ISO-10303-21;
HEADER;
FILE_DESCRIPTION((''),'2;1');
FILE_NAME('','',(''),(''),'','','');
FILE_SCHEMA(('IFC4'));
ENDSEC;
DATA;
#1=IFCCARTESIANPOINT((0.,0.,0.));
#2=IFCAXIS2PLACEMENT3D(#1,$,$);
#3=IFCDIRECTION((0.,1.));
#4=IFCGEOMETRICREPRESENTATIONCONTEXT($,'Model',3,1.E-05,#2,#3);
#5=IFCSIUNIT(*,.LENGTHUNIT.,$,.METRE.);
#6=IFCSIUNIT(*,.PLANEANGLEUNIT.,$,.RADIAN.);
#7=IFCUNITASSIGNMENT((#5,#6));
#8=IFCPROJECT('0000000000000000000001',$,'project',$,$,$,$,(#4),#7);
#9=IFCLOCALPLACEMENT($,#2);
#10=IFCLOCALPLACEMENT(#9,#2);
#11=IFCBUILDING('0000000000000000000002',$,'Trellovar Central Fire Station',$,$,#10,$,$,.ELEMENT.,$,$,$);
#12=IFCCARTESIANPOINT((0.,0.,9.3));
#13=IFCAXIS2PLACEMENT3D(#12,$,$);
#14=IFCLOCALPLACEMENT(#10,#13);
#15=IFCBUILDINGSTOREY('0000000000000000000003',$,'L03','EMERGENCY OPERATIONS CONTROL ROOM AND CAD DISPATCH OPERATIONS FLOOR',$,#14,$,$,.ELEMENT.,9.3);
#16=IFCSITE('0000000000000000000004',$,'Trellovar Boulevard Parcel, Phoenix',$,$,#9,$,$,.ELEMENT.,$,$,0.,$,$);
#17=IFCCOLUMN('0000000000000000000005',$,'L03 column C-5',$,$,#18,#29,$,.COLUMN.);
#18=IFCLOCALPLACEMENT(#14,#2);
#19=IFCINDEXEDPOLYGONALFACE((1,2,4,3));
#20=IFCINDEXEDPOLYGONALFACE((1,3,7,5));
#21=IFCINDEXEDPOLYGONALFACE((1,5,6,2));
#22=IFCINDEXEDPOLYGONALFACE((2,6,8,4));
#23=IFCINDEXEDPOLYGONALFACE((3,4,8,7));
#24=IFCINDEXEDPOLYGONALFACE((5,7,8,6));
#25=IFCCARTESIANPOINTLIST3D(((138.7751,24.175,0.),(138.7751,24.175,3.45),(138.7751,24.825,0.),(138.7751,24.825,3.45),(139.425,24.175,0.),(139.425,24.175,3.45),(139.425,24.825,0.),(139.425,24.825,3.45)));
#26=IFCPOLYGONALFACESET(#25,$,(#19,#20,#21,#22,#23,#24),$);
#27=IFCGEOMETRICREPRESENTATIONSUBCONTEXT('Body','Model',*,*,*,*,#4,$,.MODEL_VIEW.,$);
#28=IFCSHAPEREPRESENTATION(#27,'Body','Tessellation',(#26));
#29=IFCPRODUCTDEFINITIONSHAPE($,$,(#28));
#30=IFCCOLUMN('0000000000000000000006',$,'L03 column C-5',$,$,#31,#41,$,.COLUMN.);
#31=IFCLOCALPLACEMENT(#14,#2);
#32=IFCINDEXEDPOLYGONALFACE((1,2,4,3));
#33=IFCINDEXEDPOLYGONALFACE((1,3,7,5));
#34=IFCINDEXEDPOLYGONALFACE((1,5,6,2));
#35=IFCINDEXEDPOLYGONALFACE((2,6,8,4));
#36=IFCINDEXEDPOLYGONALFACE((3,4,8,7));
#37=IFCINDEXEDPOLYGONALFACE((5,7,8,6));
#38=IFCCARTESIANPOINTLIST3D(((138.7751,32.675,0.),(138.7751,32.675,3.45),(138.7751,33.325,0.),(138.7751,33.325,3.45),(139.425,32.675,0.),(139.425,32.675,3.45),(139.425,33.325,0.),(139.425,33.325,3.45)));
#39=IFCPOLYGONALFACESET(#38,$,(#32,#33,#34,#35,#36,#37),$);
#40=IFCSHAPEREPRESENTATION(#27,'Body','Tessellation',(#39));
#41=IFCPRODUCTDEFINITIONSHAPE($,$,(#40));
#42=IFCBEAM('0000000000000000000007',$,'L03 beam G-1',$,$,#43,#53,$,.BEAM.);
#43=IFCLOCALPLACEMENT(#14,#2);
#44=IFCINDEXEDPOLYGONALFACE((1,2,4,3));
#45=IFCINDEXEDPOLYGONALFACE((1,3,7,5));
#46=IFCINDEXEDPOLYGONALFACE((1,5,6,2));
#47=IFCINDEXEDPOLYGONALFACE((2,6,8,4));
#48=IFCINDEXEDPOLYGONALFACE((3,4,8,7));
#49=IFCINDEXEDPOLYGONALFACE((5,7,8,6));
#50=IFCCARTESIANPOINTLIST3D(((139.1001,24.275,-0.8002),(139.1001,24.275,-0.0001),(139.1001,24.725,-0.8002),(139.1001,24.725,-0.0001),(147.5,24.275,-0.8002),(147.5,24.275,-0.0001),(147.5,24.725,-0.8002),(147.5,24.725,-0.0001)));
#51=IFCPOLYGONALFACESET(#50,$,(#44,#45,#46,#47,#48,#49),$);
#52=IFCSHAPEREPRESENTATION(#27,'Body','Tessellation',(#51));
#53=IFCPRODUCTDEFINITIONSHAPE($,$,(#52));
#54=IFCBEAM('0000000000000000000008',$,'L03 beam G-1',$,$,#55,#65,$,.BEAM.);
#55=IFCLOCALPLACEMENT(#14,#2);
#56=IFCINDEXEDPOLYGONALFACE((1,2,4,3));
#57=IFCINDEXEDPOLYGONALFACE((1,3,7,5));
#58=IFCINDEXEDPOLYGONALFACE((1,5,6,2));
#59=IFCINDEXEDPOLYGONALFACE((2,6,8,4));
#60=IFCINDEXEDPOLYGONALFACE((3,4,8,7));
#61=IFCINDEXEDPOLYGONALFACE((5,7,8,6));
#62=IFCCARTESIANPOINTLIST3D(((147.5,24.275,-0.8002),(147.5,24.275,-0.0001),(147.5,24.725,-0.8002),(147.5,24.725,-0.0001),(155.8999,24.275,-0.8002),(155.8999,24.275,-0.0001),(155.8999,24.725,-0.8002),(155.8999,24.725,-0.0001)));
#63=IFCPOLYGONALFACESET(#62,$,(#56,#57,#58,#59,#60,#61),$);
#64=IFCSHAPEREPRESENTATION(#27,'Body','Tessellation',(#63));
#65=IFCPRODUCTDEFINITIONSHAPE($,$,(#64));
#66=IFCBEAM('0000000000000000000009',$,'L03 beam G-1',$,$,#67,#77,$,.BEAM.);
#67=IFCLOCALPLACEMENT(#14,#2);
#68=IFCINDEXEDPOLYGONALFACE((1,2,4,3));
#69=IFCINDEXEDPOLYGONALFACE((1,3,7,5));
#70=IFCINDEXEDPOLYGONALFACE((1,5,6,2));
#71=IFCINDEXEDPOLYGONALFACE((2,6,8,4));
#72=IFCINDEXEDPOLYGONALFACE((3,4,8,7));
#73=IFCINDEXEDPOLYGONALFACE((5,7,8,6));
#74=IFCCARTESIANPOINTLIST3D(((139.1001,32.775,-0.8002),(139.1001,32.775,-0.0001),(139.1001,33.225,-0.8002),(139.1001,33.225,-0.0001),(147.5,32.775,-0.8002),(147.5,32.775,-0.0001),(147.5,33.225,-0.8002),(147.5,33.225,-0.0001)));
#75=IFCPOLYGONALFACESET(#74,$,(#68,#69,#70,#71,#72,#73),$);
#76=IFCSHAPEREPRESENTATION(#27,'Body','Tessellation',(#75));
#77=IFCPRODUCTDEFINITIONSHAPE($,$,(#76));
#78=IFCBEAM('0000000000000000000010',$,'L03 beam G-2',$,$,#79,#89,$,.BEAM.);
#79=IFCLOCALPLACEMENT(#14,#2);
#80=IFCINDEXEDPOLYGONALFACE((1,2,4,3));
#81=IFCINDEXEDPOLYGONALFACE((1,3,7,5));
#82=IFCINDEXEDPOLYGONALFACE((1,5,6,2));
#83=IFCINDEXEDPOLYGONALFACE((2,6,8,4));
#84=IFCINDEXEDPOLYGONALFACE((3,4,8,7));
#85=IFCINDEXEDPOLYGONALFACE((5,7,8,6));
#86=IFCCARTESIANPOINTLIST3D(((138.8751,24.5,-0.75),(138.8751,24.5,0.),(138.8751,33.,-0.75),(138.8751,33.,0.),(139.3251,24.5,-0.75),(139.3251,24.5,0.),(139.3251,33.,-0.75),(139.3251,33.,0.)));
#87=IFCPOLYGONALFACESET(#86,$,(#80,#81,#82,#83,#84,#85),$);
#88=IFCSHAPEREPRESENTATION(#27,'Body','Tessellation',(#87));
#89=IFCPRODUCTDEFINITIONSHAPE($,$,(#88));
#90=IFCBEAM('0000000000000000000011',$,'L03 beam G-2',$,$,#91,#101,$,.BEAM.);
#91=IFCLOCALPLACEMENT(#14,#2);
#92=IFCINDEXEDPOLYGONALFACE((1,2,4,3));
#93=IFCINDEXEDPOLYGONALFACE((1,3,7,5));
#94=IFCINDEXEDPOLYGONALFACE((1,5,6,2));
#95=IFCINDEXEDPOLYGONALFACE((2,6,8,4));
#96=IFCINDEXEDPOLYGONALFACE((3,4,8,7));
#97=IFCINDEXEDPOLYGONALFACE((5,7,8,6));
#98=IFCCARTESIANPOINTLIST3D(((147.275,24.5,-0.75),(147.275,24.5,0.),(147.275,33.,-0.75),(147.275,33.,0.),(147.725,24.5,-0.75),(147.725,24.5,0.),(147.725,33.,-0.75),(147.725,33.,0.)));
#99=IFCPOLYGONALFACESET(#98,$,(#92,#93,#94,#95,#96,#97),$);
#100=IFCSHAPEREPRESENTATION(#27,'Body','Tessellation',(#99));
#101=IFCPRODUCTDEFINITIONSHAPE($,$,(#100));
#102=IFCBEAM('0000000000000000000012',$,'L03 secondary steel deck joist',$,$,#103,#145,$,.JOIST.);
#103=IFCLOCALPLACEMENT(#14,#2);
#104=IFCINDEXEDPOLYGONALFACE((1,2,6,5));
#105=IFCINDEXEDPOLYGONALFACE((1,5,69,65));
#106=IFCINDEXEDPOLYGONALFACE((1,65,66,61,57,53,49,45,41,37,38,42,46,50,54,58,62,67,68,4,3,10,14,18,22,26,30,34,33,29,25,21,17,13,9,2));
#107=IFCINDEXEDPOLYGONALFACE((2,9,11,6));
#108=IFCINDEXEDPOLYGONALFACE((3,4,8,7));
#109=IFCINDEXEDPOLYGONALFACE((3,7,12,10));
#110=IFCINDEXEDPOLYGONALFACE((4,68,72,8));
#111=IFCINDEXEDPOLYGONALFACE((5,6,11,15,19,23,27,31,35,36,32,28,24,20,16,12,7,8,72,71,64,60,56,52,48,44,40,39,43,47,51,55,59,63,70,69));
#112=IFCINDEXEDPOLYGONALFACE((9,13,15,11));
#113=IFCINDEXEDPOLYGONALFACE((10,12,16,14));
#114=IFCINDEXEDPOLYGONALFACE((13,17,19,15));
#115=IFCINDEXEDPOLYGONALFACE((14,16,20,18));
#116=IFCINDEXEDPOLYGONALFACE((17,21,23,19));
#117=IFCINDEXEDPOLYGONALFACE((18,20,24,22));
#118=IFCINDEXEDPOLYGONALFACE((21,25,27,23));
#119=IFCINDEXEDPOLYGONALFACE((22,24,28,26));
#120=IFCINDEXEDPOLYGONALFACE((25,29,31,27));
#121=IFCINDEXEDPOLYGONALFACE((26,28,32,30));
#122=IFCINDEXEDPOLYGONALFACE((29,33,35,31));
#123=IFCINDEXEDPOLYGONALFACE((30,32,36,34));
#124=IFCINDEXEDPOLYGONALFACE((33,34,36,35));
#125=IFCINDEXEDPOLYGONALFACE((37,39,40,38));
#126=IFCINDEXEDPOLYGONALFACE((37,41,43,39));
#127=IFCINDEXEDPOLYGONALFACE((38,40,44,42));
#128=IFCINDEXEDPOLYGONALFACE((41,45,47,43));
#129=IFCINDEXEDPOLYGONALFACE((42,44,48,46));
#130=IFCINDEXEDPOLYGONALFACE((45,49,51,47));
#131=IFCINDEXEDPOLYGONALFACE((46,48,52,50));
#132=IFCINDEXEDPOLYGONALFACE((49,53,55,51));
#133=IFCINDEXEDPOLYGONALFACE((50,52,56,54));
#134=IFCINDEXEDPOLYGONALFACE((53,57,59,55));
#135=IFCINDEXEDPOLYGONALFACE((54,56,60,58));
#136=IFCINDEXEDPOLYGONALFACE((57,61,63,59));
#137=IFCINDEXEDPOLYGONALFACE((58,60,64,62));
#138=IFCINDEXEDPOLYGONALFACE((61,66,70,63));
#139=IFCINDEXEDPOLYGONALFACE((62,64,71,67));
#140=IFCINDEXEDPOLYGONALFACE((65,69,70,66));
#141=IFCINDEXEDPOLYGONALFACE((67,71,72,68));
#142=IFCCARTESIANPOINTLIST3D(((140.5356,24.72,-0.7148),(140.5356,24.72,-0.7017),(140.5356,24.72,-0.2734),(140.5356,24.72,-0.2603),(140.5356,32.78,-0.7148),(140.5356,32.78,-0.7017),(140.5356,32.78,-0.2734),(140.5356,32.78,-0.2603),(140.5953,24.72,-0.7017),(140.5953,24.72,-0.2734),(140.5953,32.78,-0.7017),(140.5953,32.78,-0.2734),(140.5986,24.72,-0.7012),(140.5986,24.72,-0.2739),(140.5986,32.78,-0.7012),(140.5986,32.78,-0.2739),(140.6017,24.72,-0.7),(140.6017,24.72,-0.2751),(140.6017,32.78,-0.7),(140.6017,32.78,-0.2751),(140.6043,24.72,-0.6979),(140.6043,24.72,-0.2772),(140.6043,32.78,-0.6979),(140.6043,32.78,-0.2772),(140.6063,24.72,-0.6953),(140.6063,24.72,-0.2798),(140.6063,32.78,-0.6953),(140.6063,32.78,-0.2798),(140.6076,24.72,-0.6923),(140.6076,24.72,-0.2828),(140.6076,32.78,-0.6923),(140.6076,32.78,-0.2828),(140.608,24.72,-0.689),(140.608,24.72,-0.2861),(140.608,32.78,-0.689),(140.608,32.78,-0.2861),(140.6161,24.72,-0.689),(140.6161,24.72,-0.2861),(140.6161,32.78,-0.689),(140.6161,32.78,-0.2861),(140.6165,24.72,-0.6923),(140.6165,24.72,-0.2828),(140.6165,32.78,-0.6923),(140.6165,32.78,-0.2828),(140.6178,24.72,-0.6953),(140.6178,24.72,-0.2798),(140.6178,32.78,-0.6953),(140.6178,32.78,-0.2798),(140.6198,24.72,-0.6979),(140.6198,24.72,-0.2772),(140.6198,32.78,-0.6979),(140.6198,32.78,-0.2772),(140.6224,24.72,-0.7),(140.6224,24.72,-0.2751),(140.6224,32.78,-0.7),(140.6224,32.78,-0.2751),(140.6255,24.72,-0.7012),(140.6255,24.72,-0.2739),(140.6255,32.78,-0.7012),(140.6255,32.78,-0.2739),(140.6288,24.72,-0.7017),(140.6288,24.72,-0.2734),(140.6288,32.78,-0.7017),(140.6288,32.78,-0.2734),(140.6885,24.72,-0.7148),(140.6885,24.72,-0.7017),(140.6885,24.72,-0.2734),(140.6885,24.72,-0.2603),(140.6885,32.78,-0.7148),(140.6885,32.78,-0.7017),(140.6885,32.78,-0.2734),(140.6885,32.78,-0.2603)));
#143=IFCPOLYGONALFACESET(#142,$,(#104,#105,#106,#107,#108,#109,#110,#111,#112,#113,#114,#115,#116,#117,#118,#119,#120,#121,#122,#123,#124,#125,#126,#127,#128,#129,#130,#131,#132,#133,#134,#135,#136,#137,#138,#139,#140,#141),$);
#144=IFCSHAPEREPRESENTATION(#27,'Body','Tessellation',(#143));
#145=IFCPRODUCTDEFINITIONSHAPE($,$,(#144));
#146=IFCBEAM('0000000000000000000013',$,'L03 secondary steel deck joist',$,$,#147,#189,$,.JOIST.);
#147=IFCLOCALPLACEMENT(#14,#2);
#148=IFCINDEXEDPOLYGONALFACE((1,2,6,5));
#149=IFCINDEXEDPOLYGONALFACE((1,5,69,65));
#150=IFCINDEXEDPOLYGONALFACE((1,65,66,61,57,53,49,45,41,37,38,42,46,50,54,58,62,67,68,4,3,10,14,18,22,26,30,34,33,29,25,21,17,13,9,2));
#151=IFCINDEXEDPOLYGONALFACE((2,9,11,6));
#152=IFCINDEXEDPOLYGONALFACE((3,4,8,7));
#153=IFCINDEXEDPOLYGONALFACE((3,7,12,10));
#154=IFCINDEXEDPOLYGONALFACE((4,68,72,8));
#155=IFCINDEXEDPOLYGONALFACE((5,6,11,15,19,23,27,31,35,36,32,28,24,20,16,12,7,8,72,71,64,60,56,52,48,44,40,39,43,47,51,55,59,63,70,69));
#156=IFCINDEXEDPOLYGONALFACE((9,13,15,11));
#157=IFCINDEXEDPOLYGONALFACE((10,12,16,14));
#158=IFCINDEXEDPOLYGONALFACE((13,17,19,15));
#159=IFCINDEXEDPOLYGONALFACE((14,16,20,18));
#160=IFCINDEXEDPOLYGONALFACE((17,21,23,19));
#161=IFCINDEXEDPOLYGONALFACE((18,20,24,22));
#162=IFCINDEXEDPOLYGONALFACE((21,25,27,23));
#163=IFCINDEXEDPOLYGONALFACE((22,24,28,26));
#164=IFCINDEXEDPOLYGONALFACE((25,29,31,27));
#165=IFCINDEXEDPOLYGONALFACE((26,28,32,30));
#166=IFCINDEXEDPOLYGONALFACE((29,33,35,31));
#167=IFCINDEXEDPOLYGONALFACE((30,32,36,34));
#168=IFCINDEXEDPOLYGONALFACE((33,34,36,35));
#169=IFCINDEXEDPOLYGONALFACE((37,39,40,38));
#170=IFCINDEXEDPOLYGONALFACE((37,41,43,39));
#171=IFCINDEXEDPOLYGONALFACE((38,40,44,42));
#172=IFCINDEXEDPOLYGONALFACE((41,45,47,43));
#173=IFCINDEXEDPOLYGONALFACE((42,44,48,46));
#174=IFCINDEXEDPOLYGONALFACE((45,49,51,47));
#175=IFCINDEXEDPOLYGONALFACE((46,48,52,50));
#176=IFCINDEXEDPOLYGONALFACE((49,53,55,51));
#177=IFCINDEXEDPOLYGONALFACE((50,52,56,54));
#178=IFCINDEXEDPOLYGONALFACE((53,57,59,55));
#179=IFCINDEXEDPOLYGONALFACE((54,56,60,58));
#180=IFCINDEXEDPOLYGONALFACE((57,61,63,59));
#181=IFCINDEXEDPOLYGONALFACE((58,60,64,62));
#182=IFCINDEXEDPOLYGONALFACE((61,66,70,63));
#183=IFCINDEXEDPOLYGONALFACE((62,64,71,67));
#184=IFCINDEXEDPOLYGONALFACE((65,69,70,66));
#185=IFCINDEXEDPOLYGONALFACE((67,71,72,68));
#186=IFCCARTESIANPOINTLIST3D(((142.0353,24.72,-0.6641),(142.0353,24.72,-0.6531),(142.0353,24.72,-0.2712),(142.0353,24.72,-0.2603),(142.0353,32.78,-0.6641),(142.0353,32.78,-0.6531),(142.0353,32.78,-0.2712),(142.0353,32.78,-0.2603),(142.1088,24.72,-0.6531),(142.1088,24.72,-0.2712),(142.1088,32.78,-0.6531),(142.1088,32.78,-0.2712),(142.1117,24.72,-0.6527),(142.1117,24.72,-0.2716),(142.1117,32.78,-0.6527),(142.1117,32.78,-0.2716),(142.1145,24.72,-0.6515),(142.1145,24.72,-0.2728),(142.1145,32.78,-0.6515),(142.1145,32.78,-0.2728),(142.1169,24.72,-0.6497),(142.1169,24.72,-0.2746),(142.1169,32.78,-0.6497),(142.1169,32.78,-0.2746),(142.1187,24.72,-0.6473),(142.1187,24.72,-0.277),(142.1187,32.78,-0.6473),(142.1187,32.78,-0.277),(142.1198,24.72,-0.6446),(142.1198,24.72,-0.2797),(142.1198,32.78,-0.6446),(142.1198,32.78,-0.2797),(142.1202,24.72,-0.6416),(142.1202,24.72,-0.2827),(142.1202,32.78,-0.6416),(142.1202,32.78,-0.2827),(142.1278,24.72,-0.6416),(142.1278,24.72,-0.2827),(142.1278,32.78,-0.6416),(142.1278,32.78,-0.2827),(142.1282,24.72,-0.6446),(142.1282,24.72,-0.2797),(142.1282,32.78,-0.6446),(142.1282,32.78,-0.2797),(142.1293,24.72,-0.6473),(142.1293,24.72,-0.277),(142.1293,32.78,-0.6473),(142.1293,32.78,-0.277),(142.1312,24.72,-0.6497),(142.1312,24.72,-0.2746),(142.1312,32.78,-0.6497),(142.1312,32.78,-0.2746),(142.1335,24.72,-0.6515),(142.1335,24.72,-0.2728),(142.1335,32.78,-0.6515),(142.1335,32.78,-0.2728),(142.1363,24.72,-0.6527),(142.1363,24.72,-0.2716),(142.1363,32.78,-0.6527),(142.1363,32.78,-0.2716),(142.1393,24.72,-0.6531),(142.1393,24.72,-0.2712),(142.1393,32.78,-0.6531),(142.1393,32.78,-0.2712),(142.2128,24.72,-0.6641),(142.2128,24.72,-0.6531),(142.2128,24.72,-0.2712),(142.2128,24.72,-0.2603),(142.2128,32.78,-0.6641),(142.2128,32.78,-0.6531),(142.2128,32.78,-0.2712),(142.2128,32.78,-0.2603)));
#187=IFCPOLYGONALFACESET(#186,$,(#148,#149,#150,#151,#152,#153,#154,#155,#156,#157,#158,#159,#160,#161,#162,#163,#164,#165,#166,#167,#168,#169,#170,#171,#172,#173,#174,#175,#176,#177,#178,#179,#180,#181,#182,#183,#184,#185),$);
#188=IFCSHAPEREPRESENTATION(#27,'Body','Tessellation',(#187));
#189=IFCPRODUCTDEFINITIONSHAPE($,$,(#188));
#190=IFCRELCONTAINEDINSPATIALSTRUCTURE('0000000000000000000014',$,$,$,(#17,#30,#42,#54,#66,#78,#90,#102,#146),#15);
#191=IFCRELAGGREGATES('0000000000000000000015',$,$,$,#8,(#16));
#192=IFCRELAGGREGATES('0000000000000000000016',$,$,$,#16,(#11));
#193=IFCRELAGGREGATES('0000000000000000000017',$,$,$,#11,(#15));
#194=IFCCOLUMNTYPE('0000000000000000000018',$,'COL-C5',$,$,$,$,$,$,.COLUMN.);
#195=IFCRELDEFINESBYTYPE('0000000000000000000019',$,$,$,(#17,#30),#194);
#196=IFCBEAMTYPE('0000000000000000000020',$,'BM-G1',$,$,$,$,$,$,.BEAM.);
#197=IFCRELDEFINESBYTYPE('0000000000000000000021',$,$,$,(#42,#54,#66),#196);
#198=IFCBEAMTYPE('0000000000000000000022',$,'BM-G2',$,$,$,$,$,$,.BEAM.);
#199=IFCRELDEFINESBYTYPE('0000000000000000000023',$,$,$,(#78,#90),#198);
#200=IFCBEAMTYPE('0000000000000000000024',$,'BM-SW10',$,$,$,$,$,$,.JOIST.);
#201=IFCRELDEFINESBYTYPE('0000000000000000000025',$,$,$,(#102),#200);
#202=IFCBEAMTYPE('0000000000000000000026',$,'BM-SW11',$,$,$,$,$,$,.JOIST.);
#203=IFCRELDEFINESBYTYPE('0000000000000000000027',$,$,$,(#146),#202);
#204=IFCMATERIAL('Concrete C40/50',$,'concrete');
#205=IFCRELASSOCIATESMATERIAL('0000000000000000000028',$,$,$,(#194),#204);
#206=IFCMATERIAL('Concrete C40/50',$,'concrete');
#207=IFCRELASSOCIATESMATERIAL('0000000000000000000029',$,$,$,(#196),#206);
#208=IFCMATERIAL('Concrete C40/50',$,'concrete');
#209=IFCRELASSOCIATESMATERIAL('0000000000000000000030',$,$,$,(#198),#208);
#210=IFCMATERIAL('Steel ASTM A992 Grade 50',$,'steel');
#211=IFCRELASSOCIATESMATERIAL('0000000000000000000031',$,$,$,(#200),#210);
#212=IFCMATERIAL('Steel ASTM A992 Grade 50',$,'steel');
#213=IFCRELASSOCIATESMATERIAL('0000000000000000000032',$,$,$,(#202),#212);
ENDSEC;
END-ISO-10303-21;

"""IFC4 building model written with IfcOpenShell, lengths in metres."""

from ifc_helpers import new_model, si_unit, direction, frame, origin, origin_2d, place, context, subcontext, project, spatial, rectangle, i_section, extrude, material, material_profile, profile_set, type_object, element, save


model = new_model("IFC4")

# Units and contexts
model_context = context("Model", 3, precision=1e-05, world=origin(), true_north=direction((0.0, 1.0)))
body_context = subcontext(model_context, "Body", "Model", "MODEL_VIEW")
ifc_project = project(units=[si_unit("LENGTHUNIT", "METRE"), si_unit("PLANEANGLEUNIT", "RADIAN")], contexts=[model_context])

# Site, building, storey
site_placement = place(None, origin())
site = spatial("IfcSite", under=ifc_project, at=site_placement, Name="Trellovar Boulevard Parcel, Phoenix", CompositionType="ELEMENT", RefElevation=0.0)
building_placement = place(site_placement, origin())
building = spatial("IfcBuilding", under=site, at=building_placement, Name="Trellovar Central Fire Station", CompositionType="ELEMENT")
storey_placement = place(building_placement, frame((0.0, 0.0, 9.3)))
storey = spatial("IfcBuildingStorey", under=building, at=storey_placement, Name="L03", Description="EMERGENCY OPERATIONS CONTROL ROOM AND CAD DISPATCH OPERATIONS FLOOR", CompositionType="ELEMENT", Elevation=9.3)

# Columns
ifc_material_1 = material(Name="Concrete C40/50", Category="concrete")
ifc_material_profile_1 = material_profile(ifc_material_1, rectangle(XDim=0.6499, YDim=0.6499, at=origin_2d()), Name="RC650X650")
ifc_profile_set_1 = profile_set([ifc_material_profile_1], Name="Concrete C40/50")
column_type = type_object("IfcColumnType", Name="COL-C5", PredefinedType="COLUMN", material=ifc_profile_set_1)
for number, where, z_axis, x_axis, name in (
    (1, (139.1001, 24.5, 0.0), (0.0, 0.0, 1.0), (1.0, 0.0, 0.0), "L03 column C-5"),
    (2, (139.1001, 33.0, 0.0), (0.0, 0.0, 1.0), (1.0, 0.0, 0.0), "L03 column C-5"),
):
    element("IfcColumn", number, at=place(storey_placement, frame(where, z_axis=z_axis, x_axis=x_axis)), inside=storey, type_object=column_type, Name=name, PredefinedType="COLUMN", context=body_context, shape_type="SweptSolid", body=[
        extrude(rectangle(XDim=0.6499, YDim=0.6499, at=origin_2d()), origin(), (0.0, 0.0, 1.0), 3.45),
    ])

# Beams
ifc_material_2 = material(Name="Concrete C40/50", Category="concrete")
ifc_material_profile_2 = material_profile(ifc_material_2, rectangle(XDim=0.45, YDim=0.8, at=origin_2d()), Name="RC450X800")
ifc_profile_set_2 = profile_set([ifc_material_profile_2], Name="Concrete C40/50")
beam_type_1 = type_object("IfcBeamType", Name="BM-G1", PredefinedType="BEAM", material=ifc_profile_set_2)
for number, where, z_axis, x_axis, name in (
    (3, (139.1001, 24.5, -0.4001), (1.0, 0.0, 0.0), (0.0, 1.0, 0.0), "L03 beam G-1"),
    (4, (147.5, 24.5, -0.4001), (1.0, 0.0, 0.0), (0.0, 1.0, 0.0), "L03 beam G-1"),
    (5, (139.1001, 33.0, -0.4001), (1.0, 0.0, 0.0), (0.0, 1.0, 0.0), "L03 beam G-1"),
):
    element("IfcBeam", number, at=place(storey_placement, frame(where, z_axis=z_axis, x_axis=x_axis)), inside=storey, type_object=beam_type_1, Name=name, PredefinedType="BEAM", context=body_context, shape_type="SweptSolid", body=[
        extrude(rectangle(XDim=0.45, YDim=0.8, at=origin_2d()), origin(), (0.0, 0.0, 1.0), 8.3999),
    ])
ifc_material_3 = material(Name="Concrete C40/50", Category="concrete")
ifc_material_profile_3 = material_profile(ifc_material_3, rectangle(XDim=0.45, YDim=0.75, at=origin_2d()), Name="RC450X750")
ifc_profile_set_3 = profile_set([ifc_material_profile_3], Name="Concrete C40/50")
beam_type_2 = type_object("IfcBeamType", Name="BM-G2", PredefinedType="BEAM", material=ifc_profile_set_3)
for number, where, z_axis, x_axis, name in (
    (6, (139.1001, 24.5, -0.375), (0.0, 1.0, 0.0), (-1.0, 0.0, 0.0), "L03 beam G-2"),
    (7, (147.5, 24.5, -0.375), (0.0, 1.0, 0.0), (-1.0, 0.0, 0.0), "L03 beam G-2"),
):
    element("IfcBeam", number, at=place(storey_placement, frame(where, z_axis=z_axis, x_axis=x_axis)), inside=storey, type_object=beam_type_2, Name=name, PredefinedType="BEAM", context=body_context, shape_type="SweptSolid", body=[
        extrude(rectangle(XDim=0.45, YDim=0.75, at=origin_2d()), origin(), (0.0, 0.0, 1.0), 8.5),
    ])
ifc_material_4 = material(Name="Steel ASTM A992 Grade 50", Category="steel")
ifc_material_profile_4 = material_profile(ifc_material_4, i_section(OverallWidth=0.1528, OverallDepth=0.4546, WebThickness=0.0081, FlangeThickness=0.0132, FilletRadius=0.0127, at=origin_2d()), Name="W18X40")
ifc_profile_set_4 = profile_set([ifc_material_profile_4], Name="Steel ASTM A992 Grade 50")
beam_type_3 = type_object("IfcBeamType", Name="BM-SW10", PredefinedType="JOIST", material=ifc_profile_set_4)
beam_1_placement = place(storey_placement, frame((140.6121, 24.72, -0.4875), z_axis=(0.0, 1.0, 0.0), x_axis=(-1.0, 0.0, 0.0)))
element("IfcBeam", 8, at=beam_1_placement, inside=storey, type_object=beam_type_3, Name="L03 secondary steel deck joist", PredefinedType="JOIST", context=body_context, shape_type="SweptSolid", body=[
    extrude(i_section(OverallWidth=0.1528, OverallDepth=0.4546, WebThickness=0.0081, FlangeThickness=0.0132, FilletRadius=0.0127, at=origin_2d()), origin(), (0.0, 0.0, 1.0), 8.0601),
])
ifc_material_5 = material(Name="Steel ASTM A992 Grade 50", Category="steel")
ifc_material_profile_5 = material_profile(ifc_material_5, i_section(OverallWidth=0.1775, OverallDepth=0.4038, WebThickness=0.0076, FlangeThickness=0.011, FilletRadius=0.0115, at=origin_2d()), Name="W16X36")
ifc_profile_set_5 = profile_set([ifc_material_profile_5], Name="Steel ASTM A992 Grade 50")
beam_type_4 = type_object("IfcBeamType", Name="BM-SW11", PredefinedType="JOIST", material=ifc_profile_set_5)
beam_2_placement = place(storey_placement, frame((142.124, 24.72, -0.4622), z_axis=(0.0, 1.0, 0.0), x_axis=(-1.0, 0.0, 0.0)))
element("IfcBeam", 9, at=beam_2_placement, inside=storey, type_object=beam_type_4, Name="L03 secondary steel deck joist", PredefinedType="JOIST", context=body_context, shape_type="SweptSolid", body=[
    extrude(i_section(OverallWidth=0.1775, OverallDepth=0.4038, WebThickness=0.0076, FlangeThickness=0.011, FilletRadius=0.0115, at=origin_2d()), origin(), (0.0, 0.0, 1.0), 8.0601),
])

save(model, "model.ifc")
